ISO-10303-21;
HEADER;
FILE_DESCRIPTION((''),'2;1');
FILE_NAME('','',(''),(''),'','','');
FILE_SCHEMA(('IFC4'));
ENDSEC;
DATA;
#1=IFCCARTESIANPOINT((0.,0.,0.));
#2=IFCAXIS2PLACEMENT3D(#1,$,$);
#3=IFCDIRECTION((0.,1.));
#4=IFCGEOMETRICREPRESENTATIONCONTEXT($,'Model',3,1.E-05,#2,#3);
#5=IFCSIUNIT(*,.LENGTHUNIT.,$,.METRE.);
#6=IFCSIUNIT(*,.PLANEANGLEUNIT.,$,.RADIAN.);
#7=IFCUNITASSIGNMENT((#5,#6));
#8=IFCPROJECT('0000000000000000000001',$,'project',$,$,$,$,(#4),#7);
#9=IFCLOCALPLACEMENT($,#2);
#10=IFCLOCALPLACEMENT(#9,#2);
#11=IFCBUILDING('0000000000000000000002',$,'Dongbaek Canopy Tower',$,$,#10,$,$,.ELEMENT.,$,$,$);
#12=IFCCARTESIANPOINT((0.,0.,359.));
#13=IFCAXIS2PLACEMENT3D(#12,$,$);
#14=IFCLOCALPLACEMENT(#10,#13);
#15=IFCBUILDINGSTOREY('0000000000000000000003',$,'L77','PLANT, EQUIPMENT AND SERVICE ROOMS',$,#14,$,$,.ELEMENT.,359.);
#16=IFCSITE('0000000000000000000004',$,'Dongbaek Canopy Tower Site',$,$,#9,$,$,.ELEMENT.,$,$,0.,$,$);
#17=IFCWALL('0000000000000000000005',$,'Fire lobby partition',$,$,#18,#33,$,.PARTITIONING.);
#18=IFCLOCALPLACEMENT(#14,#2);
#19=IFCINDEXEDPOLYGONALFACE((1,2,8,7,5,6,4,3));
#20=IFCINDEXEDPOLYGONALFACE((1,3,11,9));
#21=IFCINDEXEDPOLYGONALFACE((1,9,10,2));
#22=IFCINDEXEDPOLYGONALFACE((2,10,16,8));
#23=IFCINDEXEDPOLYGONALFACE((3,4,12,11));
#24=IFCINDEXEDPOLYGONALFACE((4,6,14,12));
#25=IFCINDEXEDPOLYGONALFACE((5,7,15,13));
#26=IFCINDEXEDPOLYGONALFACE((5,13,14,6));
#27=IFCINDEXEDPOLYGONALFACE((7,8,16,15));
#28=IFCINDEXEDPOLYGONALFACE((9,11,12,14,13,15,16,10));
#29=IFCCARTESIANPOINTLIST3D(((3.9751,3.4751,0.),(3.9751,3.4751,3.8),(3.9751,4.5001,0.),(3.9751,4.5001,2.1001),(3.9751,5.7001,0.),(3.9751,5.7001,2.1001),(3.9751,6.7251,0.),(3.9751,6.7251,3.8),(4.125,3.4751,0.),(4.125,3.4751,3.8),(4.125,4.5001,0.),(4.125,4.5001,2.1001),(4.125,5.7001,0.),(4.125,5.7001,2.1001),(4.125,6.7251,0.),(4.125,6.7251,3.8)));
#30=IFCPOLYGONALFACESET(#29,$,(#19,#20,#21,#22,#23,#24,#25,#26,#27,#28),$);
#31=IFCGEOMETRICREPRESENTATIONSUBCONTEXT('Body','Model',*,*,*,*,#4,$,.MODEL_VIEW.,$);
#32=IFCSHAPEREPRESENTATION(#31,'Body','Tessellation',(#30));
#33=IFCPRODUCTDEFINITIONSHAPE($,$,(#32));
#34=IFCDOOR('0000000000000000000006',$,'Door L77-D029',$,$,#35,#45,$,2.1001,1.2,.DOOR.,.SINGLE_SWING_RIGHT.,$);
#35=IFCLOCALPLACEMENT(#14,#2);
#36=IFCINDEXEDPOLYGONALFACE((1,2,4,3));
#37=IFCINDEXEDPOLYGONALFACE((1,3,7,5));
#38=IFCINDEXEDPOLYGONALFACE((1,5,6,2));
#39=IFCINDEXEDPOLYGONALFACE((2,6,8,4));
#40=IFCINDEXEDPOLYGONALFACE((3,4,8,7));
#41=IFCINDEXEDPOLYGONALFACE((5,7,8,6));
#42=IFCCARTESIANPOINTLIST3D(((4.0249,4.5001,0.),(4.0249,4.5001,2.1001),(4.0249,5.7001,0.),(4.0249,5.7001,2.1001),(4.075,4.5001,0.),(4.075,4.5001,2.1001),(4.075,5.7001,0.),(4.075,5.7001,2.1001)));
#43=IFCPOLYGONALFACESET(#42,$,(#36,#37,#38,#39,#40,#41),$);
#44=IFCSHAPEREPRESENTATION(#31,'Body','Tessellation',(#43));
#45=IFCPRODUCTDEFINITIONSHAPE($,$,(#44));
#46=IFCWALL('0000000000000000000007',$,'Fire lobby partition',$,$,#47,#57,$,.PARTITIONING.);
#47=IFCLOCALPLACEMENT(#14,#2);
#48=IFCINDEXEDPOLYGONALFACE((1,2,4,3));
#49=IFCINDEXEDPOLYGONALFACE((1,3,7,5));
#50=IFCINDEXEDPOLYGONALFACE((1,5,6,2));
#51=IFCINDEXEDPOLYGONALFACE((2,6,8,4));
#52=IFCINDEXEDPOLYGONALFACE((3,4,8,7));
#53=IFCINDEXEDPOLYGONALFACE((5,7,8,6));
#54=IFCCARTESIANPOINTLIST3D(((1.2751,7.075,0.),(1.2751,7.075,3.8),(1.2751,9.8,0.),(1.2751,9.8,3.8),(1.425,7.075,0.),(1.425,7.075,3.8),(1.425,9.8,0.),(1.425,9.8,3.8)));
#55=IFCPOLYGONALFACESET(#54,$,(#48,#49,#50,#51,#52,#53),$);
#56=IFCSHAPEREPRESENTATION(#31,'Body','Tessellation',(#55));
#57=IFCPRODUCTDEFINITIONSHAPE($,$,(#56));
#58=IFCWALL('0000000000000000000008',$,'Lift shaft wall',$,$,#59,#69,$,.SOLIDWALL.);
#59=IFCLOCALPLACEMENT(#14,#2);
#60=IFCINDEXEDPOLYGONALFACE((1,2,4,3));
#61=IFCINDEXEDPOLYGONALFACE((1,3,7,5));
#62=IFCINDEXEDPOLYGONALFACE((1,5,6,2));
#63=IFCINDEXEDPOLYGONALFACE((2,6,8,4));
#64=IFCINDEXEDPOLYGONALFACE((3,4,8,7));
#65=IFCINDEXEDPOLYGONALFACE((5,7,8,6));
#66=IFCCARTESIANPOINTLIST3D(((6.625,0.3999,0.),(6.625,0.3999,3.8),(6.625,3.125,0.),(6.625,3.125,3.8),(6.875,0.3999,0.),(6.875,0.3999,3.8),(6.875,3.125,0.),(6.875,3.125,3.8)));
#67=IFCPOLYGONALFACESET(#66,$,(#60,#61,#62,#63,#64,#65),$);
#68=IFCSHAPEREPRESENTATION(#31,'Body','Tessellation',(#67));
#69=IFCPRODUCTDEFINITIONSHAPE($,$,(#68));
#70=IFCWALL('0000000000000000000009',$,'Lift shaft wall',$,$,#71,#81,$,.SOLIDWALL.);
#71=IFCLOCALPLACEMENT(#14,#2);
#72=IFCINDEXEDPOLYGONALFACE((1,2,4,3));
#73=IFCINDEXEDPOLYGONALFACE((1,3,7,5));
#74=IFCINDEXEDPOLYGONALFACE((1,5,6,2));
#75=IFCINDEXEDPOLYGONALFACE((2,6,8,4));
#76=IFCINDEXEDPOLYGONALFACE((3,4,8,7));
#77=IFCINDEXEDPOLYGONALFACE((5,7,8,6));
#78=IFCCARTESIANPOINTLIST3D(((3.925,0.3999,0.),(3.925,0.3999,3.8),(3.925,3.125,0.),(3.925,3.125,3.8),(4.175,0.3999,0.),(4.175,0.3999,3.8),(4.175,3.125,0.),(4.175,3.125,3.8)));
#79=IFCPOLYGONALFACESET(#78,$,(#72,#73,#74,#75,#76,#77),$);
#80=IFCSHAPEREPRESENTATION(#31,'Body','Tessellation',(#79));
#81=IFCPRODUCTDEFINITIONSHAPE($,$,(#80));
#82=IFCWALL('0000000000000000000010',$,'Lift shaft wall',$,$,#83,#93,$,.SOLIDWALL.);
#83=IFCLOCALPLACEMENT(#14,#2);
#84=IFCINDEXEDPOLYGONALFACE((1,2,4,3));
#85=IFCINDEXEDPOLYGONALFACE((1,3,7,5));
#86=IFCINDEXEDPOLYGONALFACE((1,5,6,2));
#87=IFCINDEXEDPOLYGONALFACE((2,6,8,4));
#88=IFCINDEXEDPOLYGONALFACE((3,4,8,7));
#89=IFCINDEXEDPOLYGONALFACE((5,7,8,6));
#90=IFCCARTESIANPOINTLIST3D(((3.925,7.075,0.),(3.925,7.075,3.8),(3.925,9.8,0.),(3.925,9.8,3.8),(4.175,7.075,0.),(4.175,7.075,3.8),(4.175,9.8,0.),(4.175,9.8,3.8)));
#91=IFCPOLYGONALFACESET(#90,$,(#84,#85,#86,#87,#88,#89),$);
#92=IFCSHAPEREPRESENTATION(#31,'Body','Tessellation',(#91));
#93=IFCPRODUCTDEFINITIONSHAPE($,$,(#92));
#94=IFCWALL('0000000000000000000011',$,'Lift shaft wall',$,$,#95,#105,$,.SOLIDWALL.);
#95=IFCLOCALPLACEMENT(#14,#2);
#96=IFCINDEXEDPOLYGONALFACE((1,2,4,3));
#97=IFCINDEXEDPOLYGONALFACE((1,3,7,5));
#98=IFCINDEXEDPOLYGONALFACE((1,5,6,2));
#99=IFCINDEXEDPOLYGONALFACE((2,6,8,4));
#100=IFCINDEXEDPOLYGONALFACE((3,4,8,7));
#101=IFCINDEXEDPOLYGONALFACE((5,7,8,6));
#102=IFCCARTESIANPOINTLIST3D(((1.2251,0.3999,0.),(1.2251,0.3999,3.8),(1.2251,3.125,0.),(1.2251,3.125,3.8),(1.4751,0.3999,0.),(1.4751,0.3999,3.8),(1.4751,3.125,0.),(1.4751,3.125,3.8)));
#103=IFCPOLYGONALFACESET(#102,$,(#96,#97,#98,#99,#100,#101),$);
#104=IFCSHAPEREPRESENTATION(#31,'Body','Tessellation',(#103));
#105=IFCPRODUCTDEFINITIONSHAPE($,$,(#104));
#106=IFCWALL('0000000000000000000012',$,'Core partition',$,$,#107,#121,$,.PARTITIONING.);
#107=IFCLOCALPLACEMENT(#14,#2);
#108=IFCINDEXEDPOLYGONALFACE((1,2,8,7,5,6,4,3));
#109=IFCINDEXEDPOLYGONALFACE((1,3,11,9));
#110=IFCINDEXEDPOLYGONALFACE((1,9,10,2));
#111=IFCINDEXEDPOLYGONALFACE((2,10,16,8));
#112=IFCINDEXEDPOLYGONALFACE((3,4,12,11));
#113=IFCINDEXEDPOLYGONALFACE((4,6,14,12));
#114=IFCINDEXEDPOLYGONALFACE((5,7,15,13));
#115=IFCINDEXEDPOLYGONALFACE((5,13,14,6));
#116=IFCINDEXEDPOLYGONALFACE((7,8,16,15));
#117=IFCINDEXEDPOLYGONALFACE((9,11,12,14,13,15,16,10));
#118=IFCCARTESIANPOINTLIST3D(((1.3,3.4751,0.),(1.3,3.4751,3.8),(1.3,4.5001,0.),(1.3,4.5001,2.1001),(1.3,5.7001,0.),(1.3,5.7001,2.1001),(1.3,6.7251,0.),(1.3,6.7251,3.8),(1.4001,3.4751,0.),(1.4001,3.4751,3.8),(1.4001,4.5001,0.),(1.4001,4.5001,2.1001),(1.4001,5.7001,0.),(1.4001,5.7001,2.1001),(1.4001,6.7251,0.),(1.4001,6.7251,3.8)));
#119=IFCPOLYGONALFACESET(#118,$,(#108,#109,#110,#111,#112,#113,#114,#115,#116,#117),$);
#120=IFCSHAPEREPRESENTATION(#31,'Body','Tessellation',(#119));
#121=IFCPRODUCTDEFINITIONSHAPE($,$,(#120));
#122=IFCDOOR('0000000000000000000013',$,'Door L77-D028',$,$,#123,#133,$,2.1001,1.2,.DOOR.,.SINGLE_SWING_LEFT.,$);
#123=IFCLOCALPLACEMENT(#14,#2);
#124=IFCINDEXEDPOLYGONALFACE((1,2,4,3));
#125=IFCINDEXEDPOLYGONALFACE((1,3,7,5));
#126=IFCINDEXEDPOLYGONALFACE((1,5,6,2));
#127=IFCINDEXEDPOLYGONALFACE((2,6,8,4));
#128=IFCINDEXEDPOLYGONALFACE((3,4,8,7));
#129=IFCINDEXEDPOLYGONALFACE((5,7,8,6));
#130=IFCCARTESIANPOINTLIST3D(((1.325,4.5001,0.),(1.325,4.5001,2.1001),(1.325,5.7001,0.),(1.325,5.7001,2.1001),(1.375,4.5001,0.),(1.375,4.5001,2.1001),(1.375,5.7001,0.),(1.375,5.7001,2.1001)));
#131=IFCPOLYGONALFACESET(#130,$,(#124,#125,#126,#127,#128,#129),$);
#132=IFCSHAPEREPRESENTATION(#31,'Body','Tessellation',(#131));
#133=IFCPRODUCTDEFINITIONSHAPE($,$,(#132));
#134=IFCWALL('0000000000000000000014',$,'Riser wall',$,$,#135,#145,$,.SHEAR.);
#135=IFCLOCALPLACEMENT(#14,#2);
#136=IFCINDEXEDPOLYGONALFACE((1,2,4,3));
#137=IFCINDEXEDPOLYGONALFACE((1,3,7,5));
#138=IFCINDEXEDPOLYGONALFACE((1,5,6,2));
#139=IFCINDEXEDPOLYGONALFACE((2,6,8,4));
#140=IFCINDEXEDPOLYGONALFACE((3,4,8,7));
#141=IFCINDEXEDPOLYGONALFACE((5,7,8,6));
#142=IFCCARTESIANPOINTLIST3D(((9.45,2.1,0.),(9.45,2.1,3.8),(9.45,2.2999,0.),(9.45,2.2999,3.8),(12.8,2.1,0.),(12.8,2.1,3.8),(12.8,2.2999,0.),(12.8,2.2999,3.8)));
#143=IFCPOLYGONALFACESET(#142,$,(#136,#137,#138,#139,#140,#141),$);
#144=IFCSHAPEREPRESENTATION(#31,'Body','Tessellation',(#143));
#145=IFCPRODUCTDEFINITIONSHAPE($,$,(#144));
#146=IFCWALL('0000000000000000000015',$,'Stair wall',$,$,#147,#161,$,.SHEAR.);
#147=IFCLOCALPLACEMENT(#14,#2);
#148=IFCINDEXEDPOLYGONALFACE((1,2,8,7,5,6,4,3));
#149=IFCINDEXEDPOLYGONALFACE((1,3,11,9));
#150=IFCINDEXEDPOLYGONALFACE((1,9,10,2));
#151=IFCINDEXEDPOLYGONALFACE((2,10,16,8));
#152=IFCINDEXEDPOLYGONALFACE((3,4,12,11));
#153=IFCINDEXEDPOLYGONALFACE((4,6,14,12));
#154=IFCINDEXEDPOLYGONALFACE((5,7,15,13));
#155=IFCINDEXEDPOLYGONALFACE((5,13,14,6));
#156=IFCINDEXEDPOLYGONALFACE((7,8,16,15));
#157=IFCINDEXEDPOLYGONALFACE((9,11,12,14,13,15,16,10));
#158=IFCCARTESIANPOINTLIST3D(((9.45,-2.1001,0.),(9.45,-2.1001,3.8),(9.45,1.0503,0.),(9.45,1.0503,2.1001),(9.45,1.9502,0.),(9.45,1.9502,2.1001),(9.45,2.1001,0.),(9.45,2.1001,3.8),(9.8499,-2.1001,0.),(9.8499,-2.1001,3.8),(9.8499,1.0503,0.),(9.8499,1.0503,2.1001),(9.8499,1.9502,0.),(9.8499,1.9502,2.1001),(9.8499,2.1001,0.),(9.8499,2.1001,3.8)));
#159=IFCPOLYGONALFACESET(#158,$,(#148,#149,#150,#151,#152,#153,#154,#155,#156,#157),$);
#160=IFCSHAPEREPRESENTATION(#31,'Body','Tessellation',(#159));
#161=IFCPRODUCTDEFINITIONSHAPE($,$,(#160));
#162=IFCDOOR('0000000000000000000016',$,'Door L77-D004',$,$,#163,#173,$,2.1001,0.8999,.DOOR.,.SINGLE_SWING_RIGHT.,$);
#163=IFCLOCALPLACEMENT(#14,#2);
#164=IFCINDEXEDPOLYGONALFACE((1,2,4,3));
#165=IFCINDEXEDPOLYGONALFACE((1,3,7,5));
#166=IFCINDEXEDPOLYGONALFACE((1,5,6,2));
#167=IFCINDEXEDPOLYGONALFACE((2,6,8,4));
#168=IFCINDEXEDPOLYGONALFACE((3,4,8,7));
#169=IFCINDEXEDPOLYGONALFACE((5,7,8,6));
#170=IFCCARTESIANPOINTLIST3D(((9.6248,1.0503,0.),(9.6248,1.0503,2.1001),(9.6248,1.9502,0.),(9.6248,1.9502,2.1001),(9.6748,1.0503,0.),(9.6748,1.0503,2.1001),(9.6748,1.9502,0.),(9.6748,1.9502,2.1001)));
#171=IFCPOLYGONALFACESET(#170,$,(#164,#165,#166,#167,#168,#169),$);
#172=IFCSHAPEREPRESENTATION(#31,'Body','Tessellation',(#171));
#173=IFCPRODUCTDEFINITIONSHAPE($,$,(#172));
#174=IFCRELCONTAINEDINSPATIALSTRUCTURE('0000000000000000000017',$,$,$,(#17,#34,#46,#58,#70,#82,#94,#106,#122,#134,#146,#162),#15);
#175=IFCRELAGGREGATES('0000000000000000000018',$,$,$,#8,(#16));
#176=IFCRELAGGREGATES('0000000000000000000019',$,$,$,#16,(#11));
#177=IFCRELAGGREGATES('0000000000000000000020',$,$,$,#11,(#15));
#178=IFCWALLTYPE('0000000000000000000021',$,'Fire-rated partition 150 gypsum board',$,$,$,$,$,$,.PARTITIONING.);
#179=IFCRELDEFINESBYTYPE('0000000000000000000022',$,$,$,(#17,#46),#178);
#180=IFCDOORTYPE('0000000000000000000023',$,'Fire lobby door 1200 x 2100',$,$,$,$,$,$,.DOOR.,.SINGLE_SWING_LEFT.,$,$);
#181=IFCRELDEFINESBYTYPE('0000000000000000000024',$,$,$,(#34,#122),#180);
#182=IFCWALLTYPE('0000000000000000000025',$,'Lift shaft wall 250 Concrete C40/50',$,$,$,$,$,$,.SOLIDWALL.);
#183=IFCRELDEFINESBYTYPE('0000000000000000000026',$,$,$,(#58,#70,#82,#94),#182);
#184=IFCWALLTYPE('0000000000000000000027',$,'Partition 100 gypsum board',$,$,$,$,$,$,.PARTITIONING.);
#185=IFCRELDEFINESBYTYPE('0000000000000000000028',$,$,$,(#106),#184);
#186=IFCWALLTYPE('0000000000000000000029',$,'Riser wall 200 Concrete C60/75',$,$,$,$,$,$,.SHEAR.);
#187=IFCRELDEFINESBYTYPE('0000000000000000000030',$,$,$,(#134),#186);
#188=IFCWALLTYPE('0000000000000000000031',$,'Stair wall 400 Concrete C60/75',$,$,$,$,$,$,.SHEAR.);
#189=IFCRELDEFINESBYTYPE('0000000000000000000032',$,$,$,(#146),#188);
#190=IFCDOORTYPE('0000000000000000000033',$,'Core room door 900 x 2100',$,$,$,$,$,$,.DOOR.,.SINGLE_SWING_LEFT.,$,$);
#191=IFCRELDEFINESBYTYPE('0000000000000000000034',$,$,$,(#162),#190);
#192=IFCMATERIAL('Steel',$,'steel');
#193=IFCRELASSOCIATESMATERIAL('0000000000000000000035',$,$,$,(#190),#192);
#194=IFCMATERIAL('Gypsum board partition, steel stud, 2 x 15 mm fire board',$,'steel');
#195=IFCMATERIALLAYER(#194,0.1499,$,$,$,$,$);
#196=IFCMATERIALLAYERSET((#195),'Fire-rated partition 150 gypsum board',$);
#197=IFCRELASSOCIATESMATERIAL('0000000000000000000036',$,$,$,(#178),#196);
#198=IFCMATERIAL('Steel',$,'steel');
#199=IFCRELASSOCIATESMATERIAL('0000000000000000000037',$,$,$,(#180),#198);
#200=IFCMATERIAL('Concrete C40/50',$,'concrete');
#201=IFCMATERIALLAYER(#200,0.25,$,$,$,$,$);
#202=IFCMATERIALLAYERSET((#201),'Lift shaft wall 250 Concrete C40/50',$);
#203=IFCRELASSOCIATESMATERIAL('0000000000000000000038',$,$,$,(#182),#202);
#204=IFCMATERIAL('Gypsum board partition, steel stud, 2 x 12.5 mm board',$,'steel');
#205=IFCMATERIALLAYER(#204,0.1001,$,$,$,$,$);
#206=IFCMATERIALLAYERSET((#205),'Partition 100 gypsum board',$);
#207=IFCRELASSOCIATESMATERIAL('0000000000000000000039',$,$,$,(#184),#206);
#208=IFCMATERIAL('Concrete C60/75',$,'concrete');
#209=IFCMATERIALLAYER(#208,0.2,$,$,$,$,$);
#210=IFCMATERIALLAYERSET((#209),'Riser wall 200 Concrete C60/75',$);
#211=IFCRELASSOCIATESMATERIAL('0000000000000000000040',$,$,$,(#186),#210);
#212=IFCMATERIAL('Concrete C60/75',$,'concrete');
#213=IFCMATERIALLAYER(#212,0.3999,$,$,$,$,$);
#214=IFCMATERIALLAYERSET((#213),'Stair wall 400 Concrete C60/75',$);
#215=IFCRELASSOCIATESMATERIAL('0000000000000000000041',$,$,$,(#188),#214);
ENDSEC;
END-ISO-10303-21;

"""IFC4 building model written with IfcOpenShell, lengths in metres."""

from ifc_helpers import new_model, si_unit, direction, frame, frame_2d, origin, place, context, subcontext, project, spatial, rectangle, extrude, material, layer, layer_set, type_object, element, fill, save


model = new_model("IFC4")

# Units and contexts
model_context = context("Model", 3, precision=1e-05, world=origin(), true_north=direction((0.0, 1.0)))
body_context = subcontext(model_context, "Body", "Model", "MODEL_VIEW")
ifc_project = project(units=[si_unit("LENGTHUNIT", "METRE"), si_unit("PLANEANGLEUNIT", "RADIAN")], contexts=[model_context])

# Site, building, storey
site_placement = place(None, origin())
site = spatial("IfcSite", under=ifc_project, at=site_placement, Name="Dongbaek Canopy Tower Site", CompositionType="ELEMENT", RefElevation=0.0)
building_placement = place(site_placement, origin())
building = spatial("IfcBuilding", under=site, at=building_placement, Name="Dongbaek Canopy Tower", CompositionType="ELEMENT")
storey_placement = place(building_placement, frame((0.0, 0.0, 359.0)))
storey = spatial("IfcBuildingStorey", under=building, at=storey_placement, Name="L77", Description="PLANT, EQUIPMENT AND SERVICE ROOMS", CompositionType="ELEMENT", Elevation=359.0)

# Shared definitions
ifc_material_1 = material(Name="Steel", Category="steel")
door_type_1 = type_object("IfcDoorType", Name="Core room door 900 x 2100", OperationType="SINGLE_SWING_LEFT", PredefinedType="DOOR", material=ifc_material_1)

# Wall, opening, door
ifc_material_2 = material(Name="Gypsum board partition, steel stud, 2 x 15 mm fire board", Category="steel")
ifc_layer_1 = layer(ifc_material_2, 0.1499)
ifc_layer_set_1 = layer_set([ifc_layer_1], Name="Fire-rated partition 150 gypsum board")
wall_type_1 = type_object("IfcWallType", Name="Fire-rated partition 150 gypsum board", PredefinedType="PARTITIONING", material=ifc_layer_set_1)
wall_1_placement = place(storey_placement, frame((4.05, 6.7251, 0.0), z_axis=(0.0, 0.0, 1.0), x_axis=(0.0, -1.0, 0.0)))
wall_1 = element("IfcWall", 1, at=wall_1_placement, inside=storey, type_object=wall_type_1, Name="Fire lobby partition", PredefinedType="PARTITIONING", context=body_context, shape_type="SweptSolid", body=[
    extrude(rectangle(XDim=3.25, YDim=0.1499, at=frame_2d((1.625, 0.0))), origin(), (0.0, 0.0, 1.0), 3.8),
])
opening_1_placement = place(wall_1_placement, frame((1.0249, 0.0, 0.0)))
opening_1 = element("IfcOpeningElement", 2, at=opening_1_placement, cuts=wall_1, PredefinedType="OPENING", context=body_context, shape_type="SweptSolid", body=[
    extrude(rectangle(XDim=1.2, YDim=2.1001, at=frame_2d((0.6001, 1.05))), frame((0.0, 0.085, 0.0), z_axis=(0.0, -1.0, 0.0), x_axis=(1.0, 0.0, 0.0)), (0.0, 0.0, 1.0), 0.1699),
])
ifc_material_3 = material(Name="Steel", Category="steel")
door_type_2 = type_object("IfcDoorType", Name="Fire lobby door 1200 x 2100", OperationType="SINGLE_SWING_LEFT", PredefinedType="DOOR", material=ifc_material_3)
door_1_placement = place(opening_1_placement, origin())
door_1 = element("IfcDoor", 3, at=door_1_placement, inside=storey, type_object=door_type_2, Name="Door L77-D029", OperationType="SINGLE_SWING_RIGHT", OverallHeight=2.1001, OverallWidth=1.2, PredefinedType="DOOR", context=body_context, shape_type="SweptSolid", body=[
    extrude(rectangle(XDim=1.2, YDim=2.1001, at=frame_2d((0.6001, 1.05))), frame((0.0, 0.0249, 0.0), z_axis=(0.0, -1.0, 0.0), x_axis=(1.0, 0.0, 0.0)), (0.0, 0.0, 1.0), 0.05),
])
fill(opening_1, door_1)

# Walls
wall_2_placement = place(storey_placement, frame((1.3501, 7.075, 0.0), z_axis=(0.0, 0.0, 1.0), x_axis=(0.0, 1.0, 0.0)))
element("IfcWall", 4, at=wall_2_placement, inside=storey, type_object=wall_type_1, Name="Fire lobby partition", PredefinedType="PARTITIONING", context=body_context, shape_type="SweptSolid", body=[
    extrude(rectangle(XDim=2.7251, YDim=0.1499, at=frame_2d((1.3625, 0.0))), origin(), (0.0, 0.0, 1.0), 3.8),
])
ifc_material_4 = material(Name="Concrete C40/50", Category="concrete")
ifc_layer_2 = layer(ifc_material_4, 0.25)
ifc_layer_set_2 = layer_set([ifc_layer_2], Name="Lift shaft wall 250 Concrete C40/50")
wall_type_2 = type_object("IfcWallType", Name="Lift shaft wall 250 Concrete C40/50", PredefinedType="SOLIDWALL", material=ifc_layer_set_2)
for number, where, z_axis, x_axis, name in (
    (5, (6.75, 0.3999, 0.0), (0.0, 0.0, 1.0), (0.0, 1.0, 0.0), "Lift shaft wall"),
    (6, (4.05, 0.3999, 0.0), (0.0, 0.0, 1.0), (0.0, 1.0, 0.0), "Lift shaft wall"),
    (7, (4.05, 7.075, 0.0), (0.0, 0.0, 1.0), (0.0, 1.0, 0.0), "Lift shaft wall"),
    (8, (1.3501, 0.3999, 0.0), (0.0, 0.0, 1.0), (0.0, 1.0, 0.0), "Lift shaft wall"),
):
    element("IfcWall", number, at=place(storey_placement, frame(where, z_axis=z_axis, x_axis=x_axis)), inside=storey, type_object=wall_type_2, Name=name, PredefinedType="SOLIDWALL", context=body_context, shape_type="SweptSolid", body=[
        extrude(rectangle(XDim=2.7251, YDim=0.25, at=frame_2d((1.3625, 0.0))), origin(), (0.0, 0.0, 1.0), 3.8),
    ])

# Wall, opening, door
ifc_material_5 = material(Name="Gypsum board partition, steel stud, 2 x 12.5 mm board", Category="steel")
ifc_layer_3 = layer(ifc_material_5, 0.1001)
ifc_layer_set_3 = layer_set([ifc_layer_3], Name="Partition 100 gypsum board")
wall_type_3 = type_object("IfcWallType", Name="Partition 100 gypsum board", PredefinedType="PARTITIONING", material=ifc_layer_set_3)
wall_3_placement = place(storey_placement, frame((1.3501, 6.7251, 0.0), z_axis=(0.0, 0.0, 1.0), x_axis=(0.0, -1.0, 0.0)))
wall_3 = element("IfcWall", 9, at=wall_3_placement, inside=storey, type_object=wall_type_3, Name="Core partition", PredefinedType="PARTITIONING", context=body_context, shape_type="SweptSolid", body=[
    extrude(rectangle(XDim=3.25, YDim=0.1001, at=frame_2d((1.625, 0.0))), origin(), (0.0, 0.0, 1.0), 3.8),
])
opening_2_placement = place(wall_3_placement, frame((1.0249, 0.0, 0.0)))
opening_2 = element("IfcOpeningElement", 10, at=opening_2_placement, cuts=wall_3, PredefinedType="OPENING", context=body_context, shape_type="SweptSolid", body=[
    extrude(rectangle(XDim=1.2, YDim=2.1001, at=frame_2d((0.6001, 1.05))), frame((0.0, 0.0601, 0.0), z_axis=(0.0, -1.0, 0.0), x_axis=(1.0, 0.0, 0.0)), (0.0, 0.0, 1.0), 0.1201),
])
door_2_placement = place(opening_2_placement, origin())
door_2 = element("IfcDoor", 11, at=door_2_placement, inside=storey, type_object=door_type_2, Name="Door L77-D028", OperationType="SINGLE_SWING_LEFT", OverallHeight=2.1001, OverallWidth=1.2, PredefinedType="DOOR", context=body_context, shape_type="SweptSolid", body=[
    extrude(rectangle(XDim=1.2, YDim=2.1001, at=frame_2d((0.6001, 1.05))), frame((0.0, 0.0249, 0.0), z_axis=(0.0, -1.0, 0.0), x_axis=(1.0, 0.0, 0.0)), (0.0, 0.0, 1.0), 0.05),
])
fill(opening_2, door_2)

# Wall
ifc_material_6 = material(Name="Concrete C60/75", Category="concrete")
ifc_layer_4 = layer(ifc_material_6, 0.2)
ifc_layer_set_4 = layer_set([ifc_layer_4], Name="Riser wall 200 Concrete C60/75")
wall_type_4 = type_object("IfcWallType", Name="Riser wall 200 Concrete C60/75", PredefinedType="SHEAR", material=ifc_layer_set_4)
wall_4_placement = place(storey_placement, frame((9.45, 2.2, 0.0), z_axis=(0.0, 0.0, 1.0), x_axis=(1.0, 0.0, 0.0)))
element("IfcWall", 12, at=wall_4_placement, inside=storey, type_object=wall_type_4, Name="Riser wall", PredefinedType="SHEAR", context=body_context, shape_type="SweptSolid", body=[
    extrude(rectangle(XDim=3.3501, YDim=0.2, at=frame_2d((1.675, 0.0))), origin(), (0.0, 0.0, 1.0), 3.8),
])

# Wall, opening, door
ifc_material_7 = material(Name="Concrete C60/75", Category="concrete")
ifc_layer_5 = layer(ifc_material_7, 0.3999)
ifc_layer_set_5 = layer_set([ifc_layer_5], Name="Stair wall 400 Concrete C60/75")
wall_type_5 = type_object("IfcWallType", Name="Stair wall 400 Concrete C60/75", PredefinedType="SHEAR", material=ifc_layer_set_5)
wall_5_placement = place(storey_placement, frame((9.6499, 2.1001, 0.0), z_axis=(0.0, 0.0, 1.0), x_axis=(0.0, -1.0, 0.0)))
wall_5 = element("IfcWall", 13, at=wall_5_placement, inside=storey, type_object=wall_type_5, Name="Stair wall", PredefinedType="SHEAR", context=body_context, shape_type="SweptSolid", body=[
    extrude(rectangle(XDim=4.2002, YDim=0.3999, at=frame_2d((2.1001, 0.0))), origin(), (0.0, 0.0, 1.0), 3.8),
])
opening_3_placement = place(wall_5_placement, frame((0.1499, 0.0, 0.0)))
opening_3 = element("IfcOpeningElement", 14, at=opening_3_placement, cuts=wall_5, PredefinedType="OPENING", context=body_context, shape_type="SweptSolid", body=[
    extrude(rectangle(XDim=0.8999, YDim=2.1001, at=frame_2d((0.45, 1.05))), frame((0.0, 0.21, 0.0), z_axis=(0.0, -1.0, 0.0), x_axis=(1.0, 0.0, 0.0)), (0.0, 0.0, 1.0), 0.4199),
])
door_3_placement = place(opening_3_placement, origin())
door_3 = element("IfcDoor", 15, at=door_3_placement, inside=storey, type_object=door_type_1, Name="Door L77-D004", OperationType="SINGLE_SWING_RIGHT", OverallHeight=2.1001, OverallWidth=0.8999, PredefinedType="DOOR", context=body_context, shape_type="SweptSolid", body=[
    extrude(rectangle(XDim=0.8999, YDim=2.1001, at=frame_2d((0.45, 1.05))), frame((0.0, 0.0249, 0.0), z_axis=(0.0, -1.0, 0.0), x_axis=(1.0, 0.0, 0.0)), (0.0, 0.0, 1.0), 0.05),
])
fill(opening_3, door_3)

save(model, "model.ifc")
